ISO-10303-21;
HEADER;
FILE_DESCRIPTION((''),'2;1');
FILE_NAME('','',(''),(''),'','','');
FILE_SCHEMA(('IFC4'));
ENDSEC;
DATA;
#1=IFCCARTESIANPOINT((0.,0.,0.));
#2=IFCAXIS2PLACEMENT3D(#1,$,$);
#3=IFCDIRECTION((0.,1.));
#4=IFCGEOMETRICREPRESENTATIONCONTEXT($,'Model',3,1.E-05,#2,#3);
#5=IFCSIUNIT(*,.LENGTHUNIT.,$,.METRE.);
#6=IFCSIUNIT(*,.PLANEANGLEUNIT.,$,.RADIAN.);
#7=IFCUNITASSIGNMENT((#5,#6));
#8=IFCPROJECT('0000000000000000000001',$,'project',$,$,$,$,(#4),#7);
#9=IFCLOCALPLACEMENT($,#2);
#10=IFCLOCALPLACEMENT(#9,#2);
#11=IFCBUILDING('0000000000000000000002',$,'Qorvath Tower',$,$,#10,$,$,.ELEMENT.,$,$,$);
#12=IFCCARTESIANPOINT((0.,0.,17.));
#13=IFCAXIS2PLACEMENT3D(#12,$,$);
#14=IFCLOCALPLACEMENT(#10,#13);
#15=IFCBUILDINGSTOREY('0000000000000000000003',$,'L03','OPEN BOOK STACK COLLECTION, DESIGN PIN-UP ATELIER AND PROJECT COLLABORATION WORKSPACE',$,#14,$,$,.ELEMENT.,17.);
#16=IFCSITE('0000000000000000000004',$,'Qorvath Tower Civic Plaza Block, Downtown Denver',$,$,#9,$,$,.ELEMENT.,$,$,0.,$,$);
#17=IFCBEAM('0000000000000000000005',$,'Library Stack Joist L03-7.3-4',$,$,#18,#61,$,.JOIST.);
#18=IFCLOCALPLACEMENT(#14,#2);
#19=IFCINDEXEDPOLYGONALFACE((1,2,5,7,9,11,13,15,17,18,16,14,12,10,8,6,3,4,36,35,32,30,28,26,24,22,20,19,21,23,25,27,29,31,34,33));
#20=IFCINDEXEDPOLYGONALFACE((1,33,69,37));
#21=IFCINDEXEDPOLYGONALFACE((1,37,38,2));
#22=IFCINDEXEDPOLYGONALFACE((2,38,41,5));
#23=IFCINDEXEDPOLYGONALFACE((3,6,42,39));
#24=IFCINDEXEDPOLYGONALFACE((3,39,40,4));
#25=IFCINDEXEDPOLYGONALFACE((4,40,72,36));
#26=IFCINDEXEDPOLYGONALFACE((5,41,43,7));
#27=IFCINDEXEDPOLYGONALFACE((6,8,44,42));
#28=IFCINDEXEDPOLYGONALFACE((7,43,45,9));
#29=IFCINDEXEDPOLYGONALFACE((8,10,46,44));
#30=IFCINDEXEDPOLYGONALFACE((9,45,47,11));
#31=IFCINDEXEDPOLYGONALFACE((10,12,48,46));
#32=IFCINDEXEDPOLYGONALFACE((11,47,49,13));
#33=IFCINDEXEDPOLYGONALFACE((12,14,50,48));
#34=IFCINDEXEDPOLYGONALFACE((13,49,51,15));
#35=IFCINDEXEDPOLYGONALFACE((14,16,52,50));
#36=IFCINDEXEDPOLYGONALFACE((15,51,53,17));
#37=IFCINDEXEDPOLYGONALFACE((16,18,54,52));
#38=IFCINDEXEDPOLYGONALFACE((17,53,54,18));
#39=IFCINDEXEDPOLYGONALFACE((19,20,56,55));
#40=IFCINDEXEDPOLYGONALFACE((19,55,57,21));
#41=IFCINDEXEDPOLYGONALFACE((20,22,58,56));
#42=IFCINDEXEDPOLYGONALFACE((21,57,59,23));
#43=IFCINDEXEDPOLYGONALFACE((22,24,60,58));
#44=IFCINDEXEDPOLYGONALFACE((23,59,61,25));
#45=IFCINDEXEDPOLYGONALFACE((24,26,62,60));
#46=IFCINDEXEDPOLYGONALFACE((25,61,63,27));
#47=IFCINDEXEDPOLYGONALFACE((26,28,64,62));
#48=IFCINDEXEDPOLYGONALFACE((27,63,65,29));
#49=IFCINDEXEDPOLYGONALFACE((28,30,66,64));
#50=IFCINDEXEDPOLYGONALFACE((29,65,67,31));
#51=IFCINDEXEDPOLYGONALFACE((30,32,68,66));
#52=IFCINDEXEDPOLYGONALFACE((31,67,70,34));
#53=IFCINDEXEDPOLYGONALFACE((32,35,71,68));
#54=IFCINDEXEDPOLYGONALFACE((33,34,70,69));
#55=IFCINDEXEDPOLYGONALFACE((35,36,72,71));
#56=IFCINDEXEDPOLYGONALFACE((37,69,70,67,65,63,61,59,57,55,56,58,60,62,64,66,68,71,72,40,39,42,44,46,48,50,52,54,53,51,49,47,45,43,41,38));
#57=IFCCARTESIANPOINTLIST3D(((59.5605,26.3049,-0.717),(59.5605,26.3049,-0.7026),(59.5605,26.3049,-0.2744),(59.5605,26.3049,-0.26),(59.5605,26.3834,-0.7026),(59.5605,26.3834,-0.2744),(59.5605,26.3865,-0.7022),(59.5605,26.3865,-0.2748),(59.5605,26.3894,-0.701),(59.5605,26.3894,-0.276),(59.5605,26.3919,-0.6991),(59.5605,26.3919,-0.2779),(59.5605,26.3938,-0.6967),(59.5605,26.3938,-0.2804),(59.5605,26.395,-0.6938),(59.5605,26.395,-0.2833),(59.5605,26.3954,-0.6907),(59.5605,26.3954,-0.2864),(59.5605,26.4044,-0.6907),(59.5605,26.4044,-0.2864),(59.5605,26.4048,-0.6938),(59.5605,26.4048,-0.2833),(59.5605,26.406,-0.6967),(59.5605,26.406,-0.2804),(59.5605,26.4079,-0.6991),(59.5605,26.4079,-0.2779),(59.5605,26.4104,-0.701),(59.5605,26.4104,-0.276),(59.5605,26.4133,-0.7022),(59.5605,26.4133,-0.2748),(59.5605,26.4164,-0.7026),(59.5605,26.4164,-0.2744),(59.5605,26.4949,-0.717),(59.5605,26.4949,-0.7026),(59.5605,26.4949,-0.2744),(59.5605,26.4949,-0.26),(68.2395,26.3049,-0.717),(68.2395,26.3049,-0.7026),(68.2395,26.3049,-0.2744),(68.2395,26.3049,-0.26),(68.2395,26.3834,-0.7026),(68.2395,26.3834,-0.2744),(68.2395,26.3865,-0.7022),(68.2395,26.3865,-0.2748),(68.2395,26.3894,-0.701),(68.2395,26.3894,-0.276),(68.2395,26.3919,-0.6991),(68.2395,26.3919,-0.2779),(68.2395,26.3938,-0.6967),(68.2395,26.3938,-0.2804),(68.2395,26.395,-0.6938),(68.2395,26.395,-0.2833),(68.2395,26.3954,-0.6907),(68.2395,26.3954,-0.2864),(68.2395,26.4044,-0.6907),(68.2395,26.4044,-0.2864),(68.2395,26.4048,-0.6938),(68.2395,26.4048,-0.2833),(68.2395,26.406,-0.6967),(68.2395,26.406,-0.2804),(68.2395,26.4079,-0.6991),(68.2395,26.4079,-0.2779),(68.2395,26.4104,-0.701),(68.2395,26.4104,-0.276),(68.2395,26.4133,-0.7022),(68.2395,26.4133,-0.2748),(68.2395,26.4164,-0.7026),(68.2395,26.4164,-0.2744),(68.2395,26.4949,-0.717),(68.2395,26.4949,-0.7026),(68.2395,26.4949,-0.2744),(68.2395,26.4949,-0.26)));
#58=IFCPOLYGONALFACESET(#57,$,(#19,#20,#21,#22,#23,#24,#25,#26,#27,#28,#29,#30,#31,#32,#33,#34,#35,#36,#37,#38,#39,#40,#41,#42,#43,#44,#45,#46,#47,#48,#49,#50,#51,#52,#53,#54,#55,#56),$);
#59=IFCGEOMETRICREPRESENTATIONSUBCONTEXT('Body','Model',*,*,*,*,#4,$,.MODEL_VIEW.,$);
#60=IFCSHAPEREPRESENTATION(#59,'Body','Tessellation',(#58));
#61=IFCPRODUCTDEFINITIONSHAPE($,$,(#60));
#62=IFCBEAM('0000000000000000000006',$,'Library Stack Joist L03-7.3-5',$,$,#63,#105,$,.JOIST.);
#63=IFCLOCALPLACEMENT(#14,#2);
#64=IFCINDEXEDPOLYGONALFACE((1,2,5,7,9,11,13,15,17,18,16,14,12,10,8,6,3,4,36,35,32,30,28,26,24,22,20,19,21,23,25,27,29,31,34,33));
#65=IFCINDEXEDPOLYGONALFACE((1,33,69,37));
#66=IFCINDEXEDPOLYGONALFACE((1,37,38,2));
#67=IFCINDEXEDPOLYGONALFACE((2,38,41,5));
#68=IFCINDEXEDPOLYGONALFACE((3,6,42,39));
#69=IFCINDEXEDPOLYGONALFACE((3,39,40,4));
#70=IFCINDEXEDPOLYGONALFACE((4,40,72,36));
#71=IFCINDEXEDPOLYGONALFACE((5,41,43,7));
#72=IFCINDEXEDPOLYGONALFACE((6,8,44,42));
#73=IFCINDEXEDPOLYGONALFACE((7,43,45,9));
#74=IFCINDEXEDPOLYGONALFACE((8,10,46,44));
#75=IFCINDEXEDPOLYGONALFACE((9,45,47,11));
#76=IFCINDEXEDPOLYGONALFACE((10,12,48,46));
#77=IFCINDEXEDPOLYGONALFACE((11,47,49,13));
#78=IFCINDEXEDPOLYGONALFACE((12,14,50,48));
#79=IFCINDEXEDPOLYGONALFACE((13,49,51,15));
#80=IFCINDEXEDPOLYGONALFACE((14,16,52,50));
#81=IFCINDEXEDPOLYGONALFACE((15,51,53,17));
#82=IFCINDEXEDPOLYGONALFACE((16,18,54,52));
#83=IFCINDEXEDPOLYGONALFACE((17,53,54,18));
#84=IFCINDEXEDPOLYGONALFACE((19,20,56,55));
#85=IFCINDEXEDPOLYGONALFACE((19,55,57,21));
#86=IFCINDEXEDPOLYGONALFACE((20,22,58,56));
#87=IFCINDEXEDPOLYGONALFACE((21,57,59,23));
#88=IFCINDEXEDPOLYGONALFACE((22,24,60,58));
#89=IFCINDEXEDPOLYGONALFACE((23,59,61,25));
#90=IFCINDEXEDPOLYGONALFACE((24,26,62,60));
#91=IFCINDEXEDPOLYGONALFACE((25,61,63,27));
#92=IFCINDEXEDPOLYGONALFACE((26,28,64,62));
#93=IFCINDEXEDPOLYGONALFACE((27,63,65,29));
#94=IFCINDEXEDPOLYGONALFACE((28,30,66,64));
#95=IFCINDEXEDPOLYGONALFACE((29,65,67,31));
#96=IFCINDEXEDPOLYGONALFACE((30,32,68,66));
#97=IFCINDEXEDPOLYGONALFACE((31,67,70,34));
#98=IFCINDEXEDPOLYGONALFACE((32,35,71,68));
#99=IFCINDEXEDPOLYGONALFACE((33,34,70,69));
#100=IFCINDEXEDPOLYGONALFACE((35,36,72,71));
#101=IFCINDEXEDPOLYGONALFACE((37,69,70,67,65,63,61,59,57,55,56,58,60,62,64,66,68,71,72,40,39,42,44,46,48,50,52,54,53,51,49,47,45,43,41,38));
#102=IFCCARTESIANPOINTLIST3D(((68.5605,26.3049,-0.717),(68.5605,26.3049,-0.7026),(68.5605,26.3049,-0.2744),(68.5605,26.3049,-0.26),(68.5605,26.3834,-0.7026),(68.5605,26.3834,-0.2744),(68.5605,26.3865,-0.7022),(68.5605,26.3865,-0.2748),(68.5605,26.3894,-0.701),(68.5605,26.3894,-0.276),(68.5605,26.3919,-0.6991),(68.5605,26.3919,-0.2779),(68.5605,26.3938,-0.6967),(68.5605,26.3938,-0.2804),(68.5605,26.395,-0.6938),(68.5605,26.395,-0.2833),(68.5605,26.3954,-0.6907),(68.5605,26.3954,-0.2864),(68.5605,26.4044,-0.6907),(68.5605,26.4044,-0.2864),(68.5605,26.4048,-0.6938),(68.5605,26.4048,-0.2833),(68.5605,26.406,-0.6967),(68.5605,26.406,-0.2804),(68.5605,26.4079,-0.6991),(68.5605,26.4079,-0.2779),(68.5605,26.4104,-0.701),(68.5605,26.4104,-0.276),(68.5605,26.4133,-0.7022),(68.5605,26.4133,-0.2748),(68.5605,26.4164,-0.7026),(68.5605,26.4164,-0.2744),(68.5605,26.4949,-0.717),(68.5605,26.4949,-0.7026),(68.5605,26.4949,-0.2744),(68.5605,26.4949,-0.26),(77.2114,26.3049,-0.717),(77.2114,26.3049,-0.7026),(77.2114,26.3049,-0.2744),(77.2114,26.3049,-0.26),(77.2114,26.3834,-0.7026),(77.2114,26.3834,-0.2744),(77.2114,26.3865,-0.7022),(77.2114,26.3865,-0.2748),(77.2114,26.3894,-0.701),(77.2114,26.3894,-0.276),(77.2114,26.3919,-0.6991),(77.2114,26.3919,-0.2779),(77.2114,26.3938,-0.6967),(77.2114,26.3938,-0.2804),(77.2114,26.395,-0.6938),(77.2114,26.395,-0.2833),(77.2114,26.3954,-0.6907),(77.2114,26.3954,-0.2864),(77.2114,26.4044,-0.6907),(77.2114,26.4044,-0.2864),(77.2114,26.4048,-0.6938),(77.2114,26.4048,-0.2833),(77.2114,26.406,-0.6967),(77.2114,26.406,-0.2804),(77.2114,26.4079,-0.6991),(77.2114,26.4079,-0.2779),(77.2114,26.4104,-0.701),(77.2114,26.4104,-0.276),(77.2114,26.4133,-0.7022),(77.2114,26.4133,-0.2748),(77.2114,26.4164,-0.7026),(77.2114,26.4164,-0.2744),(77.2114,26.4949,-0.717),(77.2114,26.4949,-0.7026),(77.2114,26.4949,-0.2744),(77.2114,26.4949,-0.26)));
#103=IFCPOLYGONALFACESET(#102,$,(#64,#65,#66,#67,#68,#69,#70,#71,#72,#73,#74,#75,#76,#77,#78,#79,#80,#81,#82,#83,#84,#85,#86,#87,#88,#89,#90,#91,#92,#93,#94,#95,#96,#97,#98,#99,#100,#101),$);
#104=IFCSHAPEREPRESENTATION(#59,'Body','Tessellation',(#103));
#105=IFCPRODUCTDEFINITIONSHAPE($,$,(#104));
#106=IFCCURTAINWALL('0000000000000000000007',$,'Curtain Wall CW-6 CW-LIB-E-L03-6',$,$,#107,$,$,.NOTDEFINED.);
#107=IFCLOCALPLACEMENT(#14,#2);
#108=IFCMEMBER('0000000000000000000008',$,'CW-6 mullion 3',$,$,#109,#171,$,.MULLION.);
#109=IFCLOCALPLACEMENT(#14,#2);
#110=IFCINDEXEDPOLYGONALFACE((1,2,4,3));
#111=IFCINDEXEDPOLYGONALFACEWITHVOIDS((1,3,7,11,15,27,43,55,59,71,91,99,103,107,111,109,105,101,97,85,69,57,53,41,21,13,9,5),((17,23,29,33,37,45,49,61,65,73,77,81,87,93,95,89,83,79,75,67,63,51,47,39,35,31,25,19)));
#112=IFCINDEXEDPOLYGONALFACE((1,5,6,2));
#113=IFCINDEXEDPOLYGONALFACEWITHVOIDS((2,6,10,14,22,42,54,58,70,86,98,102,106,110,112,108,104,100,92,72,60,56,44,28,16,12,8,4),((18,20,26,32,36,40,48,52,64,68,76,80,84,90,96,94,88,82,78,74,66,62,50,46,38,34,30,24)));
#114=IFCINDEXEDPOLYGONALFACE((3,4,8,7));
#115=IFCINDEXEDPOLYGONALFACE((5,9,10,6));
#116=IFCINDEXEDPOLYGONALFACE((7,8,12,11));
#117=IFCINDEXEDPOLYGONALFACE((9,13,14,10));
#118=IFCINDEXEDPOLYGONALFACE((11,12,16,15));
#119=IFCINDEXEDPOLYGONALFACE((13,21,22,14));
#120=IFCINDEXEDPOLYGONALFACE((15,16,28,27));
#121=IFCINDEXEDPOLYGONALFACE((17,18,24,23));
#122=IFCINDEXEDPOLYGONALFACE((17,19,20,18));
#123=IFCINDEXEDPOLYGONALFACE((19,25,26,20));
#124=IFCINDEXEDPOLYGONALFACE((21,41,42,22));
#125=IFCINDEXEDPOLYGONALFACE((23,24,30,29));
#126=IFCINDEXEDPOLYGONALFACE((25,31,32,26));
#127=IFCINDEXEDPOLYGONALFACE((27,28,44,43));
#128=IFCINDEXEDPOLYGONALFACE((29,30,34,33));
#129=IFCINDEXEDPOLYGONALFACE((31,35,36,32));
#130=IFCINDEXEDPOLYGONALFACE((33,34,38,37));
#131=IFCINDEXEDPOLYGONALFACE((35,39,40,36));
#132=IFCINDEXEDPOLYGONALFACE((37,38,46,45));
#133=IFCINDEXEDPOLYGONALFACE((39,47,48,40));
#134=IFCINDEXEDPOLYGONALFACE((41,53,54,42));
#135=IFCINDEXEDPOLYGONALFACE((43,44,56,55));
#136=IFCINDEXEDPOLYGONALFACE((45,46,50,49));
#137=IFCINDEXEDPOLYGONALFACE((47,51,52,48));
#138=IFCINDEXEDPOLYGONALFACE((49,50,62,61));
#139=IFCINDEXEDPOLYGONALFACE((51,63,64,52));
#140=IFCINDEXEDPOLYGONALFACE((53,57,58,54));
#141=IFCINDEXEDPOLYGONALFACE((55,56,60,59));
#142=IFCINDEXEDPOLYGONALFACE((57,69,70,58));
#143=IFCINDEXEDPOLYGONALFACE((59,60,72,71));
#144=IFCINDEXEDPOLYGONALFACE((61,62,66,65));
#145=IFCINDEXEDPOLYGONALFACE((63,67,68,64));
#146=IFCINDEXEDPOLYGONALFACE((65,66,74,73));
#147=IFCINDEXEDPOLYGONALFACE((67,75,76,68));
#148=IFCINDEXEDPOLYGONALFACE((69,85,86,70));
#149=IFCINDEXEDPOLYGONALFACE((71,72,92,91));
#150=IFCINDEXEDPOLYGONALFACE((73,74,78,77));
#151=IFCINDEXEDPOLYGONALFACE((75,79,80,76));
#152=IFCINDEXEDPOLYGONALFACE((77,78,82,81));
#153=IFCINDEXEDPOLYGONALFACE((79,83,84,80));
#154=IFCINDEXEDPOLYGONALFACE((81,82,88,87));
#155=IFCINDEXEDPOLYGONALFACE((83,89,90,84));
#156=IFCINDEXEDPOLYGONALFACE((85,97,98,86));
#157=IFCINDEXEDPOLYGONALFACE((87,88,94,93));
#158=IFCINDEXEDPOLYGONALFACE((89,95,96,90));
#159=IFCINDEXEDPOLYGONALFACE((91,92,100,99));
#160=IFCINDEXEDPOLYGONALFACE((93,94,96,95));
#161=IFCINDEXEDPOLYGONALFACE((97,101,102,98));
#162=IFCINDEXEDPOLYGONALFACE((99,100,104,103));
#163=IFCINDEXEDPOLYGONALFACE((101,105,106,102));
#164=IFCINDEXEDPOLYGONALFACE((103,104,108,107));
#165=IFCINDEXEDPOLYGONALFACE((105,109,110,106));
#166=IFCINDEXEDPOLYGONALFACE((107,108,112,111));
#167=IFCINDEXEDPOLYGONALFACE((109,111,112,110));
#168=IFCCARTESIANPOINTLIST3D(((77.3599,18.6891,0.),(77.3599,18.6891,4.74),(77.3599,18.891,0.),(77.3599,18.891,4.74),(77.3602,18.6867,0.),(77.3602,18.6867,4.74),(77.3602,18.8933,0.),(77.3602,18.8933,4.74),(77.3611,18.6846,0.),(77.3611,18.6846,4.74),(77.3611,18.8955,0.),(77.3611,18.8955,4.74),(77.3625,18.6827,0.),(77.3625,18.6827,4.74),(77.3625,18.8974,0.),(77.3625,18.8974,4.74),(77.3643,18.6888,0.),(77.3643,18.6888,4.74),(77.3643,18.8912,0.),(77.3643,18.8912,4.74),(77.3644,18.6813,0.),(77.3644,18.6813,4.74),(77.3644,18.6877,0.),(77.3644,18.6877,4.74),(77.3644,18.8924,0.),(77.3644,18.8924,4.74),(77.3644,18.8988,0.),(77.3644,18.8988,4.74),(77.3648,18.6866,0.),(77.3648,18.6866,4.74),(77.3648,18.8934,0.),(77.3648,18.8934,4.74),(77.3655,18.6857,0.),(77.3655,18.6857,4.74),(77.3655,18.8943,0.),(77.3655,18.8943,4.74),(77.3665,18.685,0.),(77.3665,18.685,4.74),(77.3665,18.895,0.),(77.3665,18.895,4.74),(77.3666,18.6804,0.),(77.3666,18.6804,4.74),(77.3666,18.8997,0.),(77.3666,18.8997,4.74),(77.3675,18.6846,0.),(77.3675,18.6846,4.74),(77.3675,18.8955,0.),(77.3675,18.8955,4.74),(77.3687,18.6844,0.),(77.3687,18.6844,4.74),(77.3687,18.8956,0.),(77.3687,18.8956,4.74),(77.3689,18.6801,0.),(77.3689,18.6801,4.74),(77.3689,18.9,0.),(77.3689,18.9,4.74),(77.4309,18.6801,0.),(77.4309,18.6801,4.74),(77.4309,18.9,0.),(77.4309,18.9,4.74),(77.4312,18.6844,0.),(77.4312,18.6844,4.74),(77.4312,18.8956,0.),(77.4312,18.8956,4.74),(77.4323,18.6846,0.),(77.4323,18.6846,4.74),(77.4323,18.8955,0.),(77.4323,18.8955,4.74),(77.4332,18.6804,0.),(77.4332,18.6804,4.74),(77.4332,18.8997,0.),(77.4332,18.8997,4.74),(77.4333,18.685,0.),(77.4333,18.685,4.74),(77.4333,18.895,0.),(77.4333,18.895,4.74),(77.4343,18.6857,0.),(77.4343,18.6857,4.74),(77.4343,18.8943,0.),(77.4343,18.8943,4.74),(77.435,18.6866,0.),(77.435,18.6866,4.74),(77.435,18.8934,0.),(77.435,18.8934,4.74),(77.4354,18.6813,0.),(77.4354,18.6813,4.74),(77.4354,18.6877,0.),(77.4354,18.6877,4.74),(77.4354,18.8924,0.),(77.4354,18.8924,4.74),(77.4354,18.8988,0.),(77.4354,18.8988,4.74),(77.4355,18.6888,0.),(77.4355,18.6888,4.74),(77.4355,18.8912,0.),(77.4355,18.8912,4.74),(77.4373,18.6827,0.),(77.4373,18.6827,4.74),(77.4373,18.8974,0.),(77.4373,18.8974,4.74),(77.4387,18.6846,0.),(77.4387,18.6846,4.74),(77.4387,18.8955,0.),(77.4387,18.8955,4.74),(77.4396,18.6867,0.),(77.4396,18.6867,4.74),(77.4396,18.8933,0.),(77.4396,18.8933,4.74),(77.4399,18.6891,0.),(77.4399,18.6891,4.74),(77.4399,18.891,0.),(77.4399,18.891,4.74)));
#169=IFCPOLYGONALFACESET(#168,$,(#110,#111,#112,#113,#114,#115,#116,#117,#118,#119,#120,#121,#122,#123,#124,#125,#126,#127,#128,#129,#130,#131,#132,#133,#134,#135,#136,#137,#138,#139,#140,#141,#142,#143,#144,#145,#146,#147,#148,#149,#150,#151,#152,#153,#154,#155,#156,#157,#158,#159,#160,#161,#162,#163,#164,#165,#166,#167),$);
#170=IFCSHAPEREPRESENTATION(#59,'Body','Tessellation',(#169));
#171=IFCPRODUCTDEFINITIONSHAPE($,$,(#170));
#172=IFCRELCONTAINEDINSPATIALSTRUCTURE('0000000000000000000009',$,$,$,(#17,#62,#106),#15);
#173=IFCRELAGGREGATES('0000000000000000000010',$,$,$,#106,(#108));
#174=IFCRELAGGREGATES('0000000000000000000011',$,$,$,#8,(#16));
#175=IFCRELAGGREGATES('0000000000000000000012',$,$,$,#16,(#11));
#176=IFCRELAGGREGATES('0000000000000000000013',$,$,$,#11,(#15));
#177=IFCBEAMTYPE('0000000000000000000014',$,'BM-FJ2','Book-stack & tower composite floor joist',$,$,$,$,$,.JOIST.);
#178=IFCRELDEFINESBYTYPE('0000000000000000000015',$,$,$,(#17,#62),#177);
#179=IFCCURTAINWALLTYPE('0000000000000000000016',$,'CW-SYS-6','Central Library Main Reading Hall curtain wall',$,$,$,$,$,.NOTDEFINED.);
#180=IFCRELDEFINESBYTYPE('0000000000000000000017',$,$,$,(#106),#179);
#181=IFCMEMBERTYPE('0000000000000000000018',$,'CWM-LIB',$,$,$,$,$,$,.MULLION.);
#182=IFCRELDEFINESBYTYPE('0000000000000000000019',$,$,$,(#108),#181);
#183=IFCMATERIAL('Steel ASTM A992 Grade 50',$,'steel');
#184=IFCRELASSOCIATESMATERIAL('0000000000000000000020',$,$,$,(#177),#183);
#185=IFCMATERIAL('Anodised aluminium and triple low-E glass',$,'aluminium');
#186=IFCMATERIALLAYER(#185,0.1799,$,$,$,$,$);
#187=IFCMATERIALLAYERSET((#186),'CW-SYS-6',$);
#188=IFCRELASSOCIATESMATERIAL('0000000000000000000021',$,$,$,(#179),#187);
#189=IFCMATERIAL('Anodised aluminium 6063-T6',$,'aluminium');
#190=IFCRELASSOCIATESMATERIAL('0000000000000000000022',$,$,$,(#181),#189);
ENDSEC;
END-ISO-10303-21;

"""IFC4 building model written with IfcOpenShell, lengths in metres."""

from ifc_helpers import new_model, si_unit, direction, frame, origin, origin_2d, place, context, subcontext, project, spatial, hollow_rectangle, i_section, extrude, material, layer, layer_set, material_profile, profile_set, type_object, element, aggregate, save


model = new_model("IFC4")

# Units and contexts
model_context = context("Model", 3, precision=1e-05, world=origin(), true_north=direction((0.0, 1.0)))
body_context = subcontext(model_context, "Body", "Model", "MODEL_VIEW")
ifc_project = project(units=[si_unit("LENGTHUNIT", "METRE"), si_unit("PLANEANGLEUNIT", "RADIAN")], contexts=[model_context])

# Site, building, storey
site_placement = place(None, origin())
site = spatial("IfcSite", under=ifc_project, at=site_placement, Name="Qorvath Tower Civic Plaza Block, Downtown Denver", CompositionType="ELEMENT", RefElevation=0.0)
building_placement = place(site_placement, origin())
building = spatial("IfcBuilding", under=site, at=building_placement, Name="Qorvath Tower", CompositionType="ELEMENT")
storey_placement = place(building_placement, frame((0.0, 0.0, 17.0)))
storey = spatial("IfcBuildingStorey", under=building, at=storey_placement, Name="L03", Description="OPEN BOOK STACK COLLECTION, DESIGN PIN-UP ATELIER AND PROJECT COLLABORATION WORKSPACE", CompositionType="ELEMENT", Elevation=17.0)

# Beams
ifc_material_1 = material(Name="Steel ASTM A992 Grade 50", Category="steel")
ifc_material_profile_1 = material_profile(ifc_material_1, i_section(OverallWidth=0.1899, OverallDepth=0.457, WebThickness=0.009, FlangeThickness=0.0144, FilletRadius=0.012, at=origin_2d()), Name="W18x50")
ifc_profile_set_1 = profile_set([ifc_material_profile_1], Name="Steel ASTM A992 Grade 50")
beam_type_1 = type_object("IfcBeamType", Name="BM-FJ2", Description="Book-stack & tower composite floor joist", PredefinedType="JOIST", material=ifc_profile_set_1)
beam_1_placement = place(storey_placement, frame((59.5605, 26.3999, -0.4885), z_axis=(1.0, 0.0, 0.0), x_axis=(0.0, 1.0, 0.0)))
element("IfcBeam", 1, at=beam_1_placement, inside=storey, type_object=beam_type_1, Name="Library Stack Joist L03-7.3-4", PredefinedType="JOIST", context=body_context, shape_type="SweptSolid", body=[
    extrude(i_section(OverallWidth=0.1899, OverallDepth=0.457, WebThickness=0.009, FlangeThickness=0.0144, FilletRadius=0.012, at=origin_2d()), origin(), (0.0, 0.0, 1.0), 8.679),
])
beam_2_placement = place(storey_placement, frame((68.5605, 26.3999, -0.4885), z_axis=(1.0, 0.0, 0.0), x_axis=(0.0, 1.0, 0.0)))
element("IfcBeam", 2, at=beam_2_placement, inside=storey, type_object=beam_type_1, Name="Library Stack Joist L03-7.3-5", PredefinedType="JOIST", context=body_context, shape_type="SweptSolid", body=[
    extrude(i_section(OverallWidth=0.1899, OverallDepth=0.457, WebThickness=0.009, FlangeThickness=0.0144, FilletRadius=0.012, at=origin_2d()), origin(), (0.0, 0.0, 1.0), 8.6509),
])

# Curtain wall, member
ifc_material_2 = material(Name="Anodised aluminium and triple low-E glass", Category="aluminium")
ifc_layer_1 = layer(ifc_material_2, 0.1799)
ifc_layer_set_1 = layer_set([ifc_layer_1], Name="CW-SYS-6")
curtain_wall_type = type_object("IfcCurtainWallType", Name="CW-SYS-6", Description="Central Library Main Reading Hall curtain wall", PredefinedType="NOTDEFINED", material=ifc_layer_set_1)
curtain_wall_placement = place(storey_placement, origin())
curtain_wall = element("IfcCurtainWall", 3, at=curtain_wall_placement, inside=storey, type_object=curtain_wall_type, Name="Curtain Wall CW-6 CW-LIB-E-L03-6", PredefinedType="NOTDEFINED")
ifc_material_3 = material(Name="Anodised aluminium 6063-T6", Category="aluminium")
ifc_material_profile_2 = material_profile(ifc_material_3, hollow_rectangle(XDim=0.0801, YDim=0.22, WallThickness=0.0044, InnerFilletRadius=0.0044, OuterFilletRadius=0.009, at=origin_2d()), Name="CWM LIB 220x80")
ifc_profile_set_2 = profile_set([ifc_material_profile_2], Name="Anodised aluminium 6063-T6")
member_type_1 = type_object("IfcMemberType", Name="CWM-LIB", PredefinedType="MULLION", material=ifc_profile_set_2)
member_1_placement = place(storey_placement, frame((77.3999, 18.79, 0.0), z_axis=(0.0, 0.0, 1.0), x_axis=(-1.0, 0.0, 0.0)))
member_1 = element("IfcMember", 4, at=member_1_placement, type_object=member_type_1, Name="CW-6 mullion 3", PredefinedType="MULLION", context=body_context, shape_type="SweptSolid", body=[
    extrude(hollow_rectangle(XDim=0.0801, YDim=0.22, WallThickness=0.0044, InnerFilletRadius=0.0044, OuterFilletRadius=0.009, at=origin_2d()), origin(), (0.0, 0.0, 1.0), 4.74),
])
aggregate(curtain_wall, [member_1])

save(model, "model.ifc")
